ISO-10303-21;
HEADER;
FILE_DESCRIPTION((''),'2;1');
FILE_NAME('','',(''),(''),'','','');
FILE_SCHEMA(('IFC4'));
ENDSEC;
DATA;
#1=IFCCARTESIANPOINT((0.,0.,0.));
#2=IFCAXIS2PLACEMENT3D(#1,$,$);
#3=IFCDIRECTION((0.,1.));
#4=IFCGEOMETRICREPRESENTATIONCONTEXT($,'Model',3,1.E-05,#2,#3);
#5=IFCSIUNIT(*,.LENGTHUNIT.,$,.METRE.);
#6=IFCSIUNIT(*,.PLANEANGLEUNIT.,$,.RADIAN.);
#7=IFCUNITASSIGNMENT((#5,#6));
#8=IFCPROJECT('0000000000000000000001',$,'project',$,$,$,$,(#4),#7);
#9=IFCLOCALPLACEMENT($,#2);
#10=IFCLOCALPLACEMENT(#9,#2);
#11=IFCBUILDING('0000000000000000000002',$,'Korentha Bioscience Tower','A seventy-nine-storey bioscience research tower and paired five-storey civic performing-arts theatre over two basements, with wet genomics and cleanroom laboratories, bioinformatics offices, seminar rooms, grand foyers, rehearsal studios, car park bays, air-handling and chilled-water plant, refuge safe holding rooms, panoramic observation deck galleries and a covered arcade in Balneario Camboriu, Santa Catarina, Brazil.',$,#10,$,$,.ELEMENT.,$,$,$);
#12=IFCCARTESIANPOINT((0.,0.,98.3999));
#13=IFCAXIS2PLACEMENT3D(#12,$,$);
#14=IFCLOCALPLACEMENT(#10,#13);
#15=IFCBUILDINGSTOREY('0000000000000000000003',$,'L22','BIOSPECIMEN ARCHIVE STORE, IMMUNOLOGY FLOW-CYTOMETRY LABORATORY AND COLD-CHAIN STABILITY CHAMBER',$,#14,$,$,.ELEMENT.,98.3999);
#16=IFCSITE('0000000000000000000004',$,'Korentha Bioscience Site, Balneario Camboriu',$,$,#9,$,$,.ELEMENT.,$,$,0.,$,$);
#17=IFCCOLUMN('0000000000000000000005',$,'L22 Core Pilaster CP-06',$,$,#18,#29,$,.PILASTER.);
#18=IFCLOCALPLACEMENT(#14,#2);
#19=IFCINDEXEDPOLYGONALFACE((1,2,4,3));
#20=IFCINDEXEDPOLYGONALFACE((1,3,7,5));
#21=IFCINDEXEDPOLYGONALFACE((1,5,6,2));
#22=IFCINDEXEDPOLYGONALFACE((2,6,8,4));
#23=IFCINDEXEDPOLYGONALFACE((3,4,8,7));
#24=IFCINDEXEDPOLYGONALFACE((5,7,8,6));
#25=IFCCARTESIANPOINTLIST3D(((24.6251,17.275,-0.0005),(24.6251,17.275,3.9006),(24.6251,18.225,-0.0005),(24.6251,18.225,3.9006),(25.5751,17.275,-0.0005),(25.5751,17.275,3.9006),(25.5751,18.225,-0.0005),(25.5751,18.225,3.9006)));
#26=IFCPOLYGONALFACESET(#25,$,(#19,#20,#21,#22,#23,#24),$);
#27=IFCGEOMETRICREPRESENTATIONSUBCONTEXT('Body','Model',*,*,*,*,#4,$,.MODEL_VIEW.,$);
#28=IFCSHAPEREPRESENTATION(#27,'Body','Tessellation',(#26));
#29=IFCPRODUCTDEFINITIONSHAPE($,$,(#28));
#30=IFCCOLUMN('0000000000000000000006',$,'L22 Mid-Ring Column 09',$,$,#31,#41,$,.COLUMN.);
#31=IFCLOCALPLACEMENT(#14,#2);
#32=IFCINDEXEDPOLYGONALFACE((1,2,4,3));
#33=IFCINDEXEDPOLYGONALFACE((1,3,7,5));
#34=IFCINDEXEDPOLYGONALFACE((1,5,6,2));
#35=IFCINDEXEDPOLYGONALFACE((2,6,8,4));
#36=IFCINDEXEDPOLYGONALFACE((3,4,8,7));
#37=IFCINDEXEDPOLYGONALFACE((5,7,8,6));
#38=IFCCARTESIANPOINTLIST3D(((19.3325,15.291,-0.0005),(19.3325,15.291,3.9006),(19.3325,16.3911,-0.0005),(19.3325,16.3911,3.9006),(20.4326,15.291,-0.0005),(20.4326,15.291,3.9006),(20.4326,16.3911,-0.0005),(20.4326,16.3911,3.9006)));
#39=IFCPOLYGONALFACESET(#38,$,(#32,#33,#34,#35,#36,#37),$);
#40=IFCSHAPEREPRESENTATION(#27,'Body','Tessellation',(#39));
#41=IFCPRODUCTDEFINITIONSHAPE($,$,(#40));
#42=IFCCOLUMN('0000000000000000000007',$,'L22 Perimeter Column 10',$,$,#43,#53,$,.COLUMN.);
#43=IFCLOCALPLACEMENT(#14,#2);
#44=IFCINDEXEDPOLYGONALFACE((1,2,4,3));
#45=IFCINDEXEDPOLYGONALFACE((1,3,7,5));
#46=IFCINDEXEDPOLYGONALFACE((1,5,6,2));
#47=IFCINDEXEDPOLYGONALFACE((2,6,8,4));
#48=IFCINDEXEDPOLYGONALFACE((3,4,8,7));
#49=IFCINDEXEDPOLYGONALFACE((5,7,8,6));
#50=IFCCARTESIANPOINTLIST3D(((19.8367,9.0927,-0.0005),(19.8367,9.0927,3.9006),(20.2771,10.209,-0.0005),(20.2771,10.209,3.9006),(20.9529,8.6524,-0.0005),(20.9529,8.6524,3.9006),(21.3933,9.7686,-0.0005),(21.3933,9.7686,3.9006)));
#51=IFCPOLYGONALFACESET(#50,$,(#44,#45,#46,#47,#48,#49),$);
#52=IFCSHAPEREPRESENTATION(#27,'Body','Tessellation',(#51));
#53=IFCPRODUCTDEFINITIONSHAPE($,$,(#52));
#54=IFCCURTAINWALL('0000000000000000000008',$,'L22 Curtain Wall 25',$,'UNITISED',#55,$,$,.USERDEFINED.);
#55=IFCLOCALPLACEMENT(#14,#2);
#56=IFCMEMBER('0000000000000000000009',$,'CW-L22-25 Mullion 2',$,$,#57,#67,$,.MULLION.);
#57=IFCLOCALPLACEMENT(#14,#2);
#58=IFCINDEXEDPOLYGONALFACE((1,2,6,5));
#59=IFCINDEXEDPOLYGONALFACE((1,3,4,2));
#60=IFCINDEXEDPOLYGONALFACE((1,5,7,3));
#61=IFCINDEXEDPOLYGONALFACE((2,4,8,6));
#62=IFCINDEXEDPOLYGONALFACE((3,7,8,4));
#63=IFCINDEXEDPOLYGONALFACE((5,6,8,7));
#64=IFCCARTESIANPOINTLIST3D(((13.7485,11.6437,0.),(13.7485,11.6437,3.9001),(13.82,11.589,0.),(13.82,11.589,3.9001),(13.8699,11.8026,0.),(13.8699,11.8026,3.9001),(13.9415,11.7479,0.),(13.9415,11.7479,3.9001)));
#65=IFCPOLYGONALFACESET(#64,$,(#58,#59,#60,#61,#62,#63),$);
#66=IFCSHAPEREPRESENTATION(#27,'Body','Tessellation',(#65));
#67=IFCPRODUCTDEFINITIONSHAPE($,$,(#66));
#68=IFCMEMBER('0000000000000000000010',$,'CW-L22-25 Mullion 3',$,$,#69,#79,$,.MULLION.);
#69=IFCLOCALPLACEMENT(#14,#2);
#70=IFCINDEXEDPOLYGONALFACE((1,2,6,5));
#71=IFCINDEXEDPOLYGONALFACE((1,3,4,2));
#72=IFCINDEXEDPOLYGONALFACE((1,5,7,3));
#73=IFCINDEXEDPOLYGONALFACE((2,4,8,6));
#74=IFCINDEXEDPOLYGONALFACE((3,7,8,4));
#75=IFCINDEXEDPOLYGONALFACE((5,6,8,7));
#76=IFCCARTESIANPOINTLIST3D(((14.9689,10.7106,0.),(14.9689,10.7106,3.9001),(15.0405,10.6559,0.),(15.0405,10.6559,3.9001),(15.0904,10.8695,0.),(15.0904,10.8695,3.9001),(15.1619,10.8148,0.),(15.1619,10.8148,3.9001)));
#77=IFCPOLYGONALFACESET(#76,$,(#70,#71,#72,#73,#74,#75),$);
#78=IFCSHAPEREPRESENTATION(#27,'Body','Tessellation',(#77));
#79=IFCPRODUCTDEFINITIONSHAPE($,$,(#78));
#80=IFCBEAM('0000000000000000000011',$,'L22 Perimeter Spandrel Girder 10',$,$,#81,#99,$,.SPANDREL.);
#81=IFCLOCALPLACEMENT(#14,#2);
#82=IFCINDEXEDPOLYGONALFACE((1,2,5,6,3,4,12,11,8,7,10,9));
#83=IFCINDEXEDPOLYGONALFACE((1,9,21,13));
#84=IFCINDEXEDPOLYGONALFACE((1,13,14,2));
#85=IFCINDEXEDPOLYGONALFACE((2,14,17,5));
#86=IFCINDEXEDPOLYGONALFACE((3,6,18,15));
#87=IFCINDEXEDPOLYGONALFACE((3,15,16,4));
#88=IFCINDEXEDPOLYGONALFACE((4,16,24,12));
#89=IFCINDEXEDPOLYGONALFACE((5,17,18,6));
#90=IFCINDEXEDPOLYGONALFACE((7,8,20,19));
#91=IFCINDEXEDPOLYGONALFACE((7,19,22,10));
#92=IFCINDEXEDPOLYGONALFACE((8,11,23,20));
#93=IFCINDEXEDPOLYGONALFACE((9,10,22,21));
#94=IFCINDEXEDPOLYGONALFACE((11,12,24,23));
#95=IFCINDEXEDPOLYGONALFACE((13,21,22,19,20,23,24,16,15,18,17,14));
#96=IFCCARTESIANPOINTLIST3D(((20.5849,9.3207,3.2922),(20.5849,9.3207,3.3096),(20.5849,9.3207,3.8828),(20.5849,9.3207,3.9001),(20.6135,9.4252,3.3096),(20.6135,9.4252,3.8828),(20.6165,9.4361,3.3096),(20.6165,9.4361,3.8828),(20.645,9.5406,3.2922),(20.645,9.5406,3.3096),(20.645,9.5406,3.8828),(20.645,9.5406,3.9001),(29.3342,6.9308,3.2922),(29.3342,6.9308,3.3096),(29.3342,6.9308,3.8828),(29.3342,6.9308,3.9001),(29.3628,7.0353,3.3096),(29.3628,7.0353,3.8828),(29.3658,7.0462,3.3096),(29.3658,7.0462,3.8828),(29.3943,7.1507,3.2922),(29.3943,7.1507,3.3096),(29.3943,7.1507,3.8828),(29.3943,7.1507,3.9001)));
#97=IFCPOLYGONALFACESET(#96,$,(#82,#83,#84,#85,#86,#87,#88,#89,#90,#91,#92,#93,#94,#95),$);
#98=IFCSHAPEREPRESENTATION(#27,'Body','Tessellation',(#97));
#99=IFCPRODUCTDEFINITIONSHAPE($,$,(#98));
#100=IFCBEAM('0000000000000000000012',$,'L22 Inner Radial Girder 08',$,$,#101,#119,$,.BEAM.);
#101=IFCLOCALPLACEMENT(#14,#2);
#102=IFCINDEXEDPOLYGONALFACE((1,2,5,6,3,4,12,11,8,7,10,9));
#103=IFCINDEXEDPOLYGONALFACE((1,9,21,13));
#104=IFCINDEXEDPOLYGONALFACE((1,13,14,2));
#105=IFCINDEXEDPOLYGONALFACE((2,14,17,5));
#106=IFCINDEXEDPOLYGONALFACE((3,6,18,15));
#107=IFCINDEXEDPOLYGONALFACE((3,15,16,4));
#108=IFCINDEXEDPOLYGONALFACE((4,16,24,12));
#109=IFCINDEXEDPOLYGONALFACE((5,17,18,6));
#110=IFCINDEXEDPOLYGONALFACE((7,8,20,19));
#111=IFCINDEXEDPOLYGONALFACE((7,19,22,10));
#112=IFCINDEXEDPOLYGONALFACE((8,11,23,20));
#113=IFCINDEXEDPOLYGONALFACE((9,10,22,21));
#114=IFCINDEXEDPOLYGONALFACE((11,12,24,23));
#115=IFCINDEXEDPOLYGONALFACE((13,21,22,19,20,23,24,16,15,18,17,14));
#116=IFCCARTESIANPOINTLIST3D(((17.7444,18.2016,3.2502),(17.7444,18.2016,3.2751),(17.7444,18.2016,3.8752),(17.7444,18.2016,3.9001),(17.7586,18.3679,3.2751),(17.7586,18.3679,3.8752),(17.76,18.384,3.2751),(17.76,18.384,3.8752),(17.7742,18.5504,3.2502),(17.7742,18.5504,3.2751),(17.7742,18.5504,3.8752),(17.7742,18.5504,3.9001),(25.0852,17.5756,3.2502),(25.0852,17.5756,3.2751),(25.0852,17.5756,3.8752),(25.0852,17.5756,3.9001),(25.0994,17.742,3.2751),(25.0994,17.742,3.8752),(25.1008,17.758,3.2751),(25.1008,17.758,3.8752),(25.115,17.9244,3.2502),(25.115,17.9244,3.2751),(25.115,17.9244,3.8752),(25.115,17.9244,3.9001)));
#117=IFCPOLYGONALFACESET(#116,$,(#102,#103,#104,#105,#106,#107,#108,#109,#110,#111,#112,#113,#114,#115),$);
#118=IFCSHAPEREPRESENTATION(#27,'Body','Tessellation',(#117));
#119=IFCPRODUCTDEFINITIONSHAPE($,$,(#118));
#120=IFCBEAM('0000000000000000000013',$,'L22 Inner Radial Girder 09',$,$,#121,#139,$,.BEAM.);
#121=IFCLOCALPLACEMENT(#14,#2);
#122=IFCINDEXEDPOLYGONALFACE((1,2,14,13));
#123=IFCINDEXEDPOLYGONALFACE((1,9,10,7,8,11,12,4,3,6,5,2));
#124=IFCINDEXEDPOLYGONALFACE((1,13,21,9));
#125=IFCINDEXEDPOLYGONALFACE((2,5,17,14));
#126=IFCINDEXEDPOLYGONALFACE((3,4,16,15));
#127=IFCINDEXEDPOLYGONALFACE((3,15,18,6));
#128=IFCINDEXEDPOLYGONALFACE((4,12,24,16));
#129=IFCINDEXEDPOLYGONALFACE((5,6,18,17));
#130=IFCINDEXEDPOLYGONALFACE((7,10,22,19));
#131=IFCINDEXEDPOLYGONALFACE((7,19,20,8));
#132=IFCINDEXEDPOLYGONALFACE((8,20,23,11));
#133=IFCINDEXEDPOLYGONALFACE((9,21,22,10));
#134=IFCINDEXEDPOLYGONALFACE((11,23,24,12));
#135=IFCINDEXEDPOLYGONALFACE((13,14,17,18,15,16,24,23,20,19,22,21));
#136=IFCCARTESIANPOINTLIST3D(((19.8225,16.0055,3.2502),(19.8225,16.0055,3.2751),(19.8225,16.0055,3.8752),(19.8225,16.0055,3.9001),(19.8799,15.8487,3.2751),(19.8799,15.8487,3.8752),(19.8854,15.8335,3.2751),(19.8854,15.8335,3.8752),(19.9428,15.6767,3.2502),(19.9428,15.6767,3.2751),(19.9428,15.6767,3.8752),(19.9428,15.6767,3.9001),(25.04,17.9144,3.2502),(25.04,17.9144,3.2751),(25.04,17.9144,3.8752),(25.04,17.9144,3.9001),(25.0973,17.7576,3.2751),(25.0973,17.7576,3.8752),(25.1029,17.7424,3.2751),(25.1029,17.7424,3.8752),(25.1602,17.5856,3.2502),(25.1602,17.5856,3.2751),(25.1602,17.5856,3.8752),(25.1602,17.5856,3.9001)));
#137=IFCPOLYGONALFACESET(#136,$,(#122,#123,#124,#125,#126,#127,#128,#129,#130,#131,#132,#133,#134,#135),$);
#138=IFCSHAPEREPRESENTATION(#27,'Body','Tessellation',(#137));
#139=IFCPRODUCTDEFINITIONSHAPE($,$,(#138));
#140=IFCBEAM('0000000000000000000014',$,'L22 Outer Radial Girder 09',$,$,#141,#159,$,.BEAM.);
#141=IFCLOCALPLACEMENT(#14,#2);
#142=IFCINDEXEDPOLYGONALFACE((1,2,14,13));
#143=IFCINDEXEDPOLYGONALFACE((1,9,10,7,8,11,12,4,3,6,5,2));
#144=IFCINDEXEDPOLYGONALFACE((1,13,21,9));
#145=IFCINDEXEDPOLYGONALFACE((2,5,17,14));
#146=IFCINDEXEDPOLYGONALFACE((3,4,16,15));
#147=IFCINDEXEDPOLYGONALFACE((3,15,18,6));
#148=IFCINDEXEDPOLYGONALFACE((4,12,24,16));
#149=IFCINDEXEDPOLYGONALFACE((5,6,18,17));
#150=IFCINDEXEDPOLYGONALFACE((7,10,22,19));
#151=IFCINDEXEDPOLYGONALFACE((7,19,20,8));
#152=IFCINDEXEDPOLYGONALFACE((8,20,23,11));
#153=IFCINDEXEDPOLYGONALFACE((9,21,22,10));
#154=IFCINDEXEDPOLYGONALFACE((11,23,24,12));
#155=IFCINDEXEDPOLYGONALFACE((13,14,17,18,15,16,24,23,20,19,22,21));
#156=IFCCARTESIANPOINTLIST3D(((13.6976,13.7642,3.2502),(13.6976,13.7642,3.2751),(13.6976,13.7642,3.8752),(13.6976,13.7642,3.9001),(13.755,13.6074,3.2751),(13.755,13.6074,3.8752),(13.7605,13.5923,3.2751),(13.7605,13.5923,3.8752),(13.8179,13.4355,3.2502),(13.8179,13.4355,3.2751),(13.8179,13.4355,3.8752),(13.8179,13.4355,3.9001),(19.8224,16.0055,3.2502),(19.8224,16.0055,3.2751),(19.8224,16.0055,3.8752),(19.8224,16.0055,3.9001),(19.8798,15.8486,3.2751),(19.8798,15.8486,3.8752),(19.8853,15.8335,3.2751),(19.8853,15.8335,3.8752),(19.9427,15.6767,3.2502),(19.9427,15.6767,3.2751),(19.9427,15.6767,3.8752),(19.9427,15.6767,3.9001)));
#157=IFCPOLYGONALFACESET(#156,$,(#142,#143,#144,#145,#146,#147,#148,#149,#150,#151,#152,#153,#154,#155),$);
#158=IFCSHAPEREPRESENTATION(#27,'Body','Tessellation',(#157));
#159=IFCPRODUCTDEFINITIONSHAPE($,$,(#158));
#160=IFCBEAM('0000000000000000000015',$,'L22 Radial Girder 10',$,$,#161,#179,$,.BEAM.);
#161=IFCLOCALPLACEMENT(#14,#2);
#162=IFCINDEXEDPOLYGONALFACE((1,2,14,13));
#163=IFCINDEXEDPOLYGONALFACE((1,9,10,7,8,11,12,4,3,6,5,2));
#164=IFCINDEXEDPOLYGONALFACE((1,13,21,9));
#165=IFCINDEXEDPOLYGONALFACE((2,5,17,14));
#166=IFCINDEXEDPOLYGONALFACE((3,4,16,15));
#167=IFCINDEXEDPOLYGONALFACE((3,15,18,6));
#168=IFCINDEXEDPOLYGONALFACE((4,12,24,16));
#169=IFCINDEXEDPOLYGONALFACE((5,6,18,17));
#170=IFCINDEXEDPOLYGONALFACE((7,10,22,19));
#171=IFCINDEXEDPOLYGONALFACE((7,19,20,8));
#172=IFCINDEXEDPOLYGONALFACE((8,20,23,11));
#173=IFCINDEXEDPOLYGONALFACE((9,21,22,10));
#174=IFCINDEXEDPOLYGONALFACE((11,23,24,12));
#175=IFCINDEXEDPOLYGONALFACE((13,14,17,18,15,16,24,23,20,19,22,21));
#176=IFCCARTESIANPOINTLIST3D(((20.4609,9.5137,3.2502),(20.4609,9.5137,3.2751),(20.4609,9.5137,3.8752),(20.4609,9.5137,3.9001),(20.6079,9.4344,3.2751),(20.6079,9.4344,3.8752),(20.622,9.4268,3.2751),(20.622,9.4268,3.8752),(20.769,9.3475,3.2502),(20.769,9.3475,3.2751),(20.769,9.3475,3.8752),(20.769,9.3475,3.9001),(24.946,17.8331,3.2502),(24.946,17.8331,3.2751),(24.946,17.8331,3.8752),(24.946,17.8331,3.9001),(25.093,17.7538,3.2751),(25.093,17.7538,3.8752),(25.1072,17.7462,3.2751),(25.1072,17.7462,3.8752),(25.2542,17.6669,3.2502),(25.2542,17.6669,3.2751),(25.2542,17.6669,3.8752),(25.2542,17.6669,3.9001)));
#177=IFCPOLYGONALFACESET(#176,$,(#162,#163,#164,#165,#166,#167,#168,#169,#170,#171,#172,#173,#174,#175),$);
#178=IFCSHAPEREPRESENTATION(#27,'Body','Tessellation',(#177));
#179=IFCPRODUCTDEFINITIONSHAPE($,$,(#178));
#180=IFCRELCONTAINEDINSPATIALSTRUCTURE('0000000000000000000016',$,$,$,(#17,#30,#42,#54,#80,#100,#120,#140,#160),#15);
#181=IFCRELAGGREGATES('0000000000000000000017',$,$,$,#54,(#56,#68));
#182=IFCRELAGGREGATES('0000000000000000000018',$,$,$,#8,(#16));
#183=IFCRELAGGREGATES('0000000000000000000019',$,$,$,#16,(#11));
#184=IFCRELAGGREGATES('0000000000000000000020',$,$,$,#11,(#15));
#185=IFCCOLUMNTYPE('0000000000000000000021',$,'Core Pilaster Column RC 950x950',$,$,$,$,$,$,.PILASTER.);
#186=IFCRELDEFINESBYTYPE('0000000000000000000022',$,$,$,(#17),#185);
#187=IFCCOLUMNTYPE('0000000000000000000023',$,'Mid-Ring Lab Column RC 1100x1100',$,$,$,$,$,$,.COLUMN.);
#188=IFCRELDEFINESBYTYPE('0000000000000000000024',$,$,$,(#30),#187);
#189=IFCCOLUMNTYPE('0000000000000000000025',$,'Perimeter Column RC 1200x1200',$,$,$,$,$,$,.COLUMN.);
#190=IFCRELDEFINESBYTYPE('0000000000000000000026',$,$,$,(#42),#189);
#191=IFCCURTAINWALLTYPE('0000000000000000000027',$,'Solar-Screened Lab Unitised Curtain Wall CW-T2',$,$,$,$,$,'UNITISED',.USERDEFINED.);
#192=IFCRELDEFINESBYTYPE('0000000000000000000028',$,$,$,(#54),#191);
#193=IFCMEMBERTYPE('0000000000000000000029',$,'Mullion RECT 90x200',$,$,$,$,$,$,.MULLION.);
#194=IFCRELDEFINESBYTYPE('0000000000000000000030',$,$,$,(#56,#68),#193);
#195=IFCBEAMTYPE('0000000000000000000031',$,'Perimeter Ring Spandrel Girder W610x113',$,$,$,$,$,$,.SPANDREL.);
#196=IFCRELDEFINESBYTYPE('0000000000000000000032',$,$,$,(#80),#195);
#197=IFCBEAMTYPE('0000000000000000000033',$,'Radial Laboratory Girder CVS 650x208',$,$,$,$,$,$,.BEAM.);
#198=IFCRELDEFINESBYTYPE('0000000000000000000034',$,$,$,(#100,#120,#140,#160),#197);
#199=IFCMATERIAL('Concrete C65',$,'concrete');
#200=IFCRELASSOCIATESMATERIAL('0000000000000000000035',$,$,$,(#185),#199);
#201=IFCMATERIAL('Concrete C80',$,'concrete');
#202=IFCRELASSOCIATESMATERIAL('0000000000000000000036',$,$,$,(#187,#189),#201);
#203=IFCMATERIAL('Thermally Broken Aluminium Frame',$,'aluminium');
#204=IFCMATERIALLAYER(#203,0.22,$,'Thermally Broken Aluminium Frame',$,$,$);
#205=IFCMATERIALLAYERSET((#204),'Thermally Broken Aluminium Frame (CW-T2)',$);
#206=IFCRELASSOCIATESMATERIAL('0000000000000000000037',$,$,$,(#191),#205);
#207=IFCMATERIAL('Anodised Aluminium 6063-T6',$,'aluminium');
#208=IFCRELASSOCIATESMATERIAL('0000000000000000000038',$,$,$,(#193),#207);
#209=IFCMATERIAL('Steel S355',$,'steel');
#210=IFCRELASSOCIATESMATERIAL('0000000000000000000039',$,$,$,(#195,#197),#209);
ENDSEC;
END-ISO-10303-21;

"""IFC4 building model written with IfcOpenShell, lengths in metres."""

from ifc_helpers import new_model, si_unit, direction, frame, origin, origin_2d, place, context, subcontext, project, spatial, rectangle, i_section, extrude, material, layer, layer_set, material_profile, profile_set, type_object, element, aggregate, save


model = new_model("IFC4")

# Units and contexts
model_context = context("Model", 3, precision=1e-05, world=origin(), true_north=direction((0.0, 1.0)))
body_context = subcontext(model_context, "Body", "Model", "MODEL_VIEW")
ifc_project = project(units=[si_unit("LENGTHUNIT", "METRE"), si_unit("PLANEANGLEUNIT", "RADIAN")], contexts=[model_context])

# Site, building, storey
site_placement = place(None, origin())
site = spatial("IfcSite", under=ifc_project, at=site_placement, Name="Korentha Bioscience Site, Balneario Camboriu", CompositionType="ELEMENT", RefElevation=0.0)
building_placement = place(site_placement, origin())
building = spatial("IfcBuilding", under=site, at=building_placement, Name="Korentha Bioscience Tower", Description="A seventy-nine-storey bioscience research tower and paired five-storey civic performing-arts theatre over two basements, with wet genomics and cleanroom laboratories, bioinformatics offices, seminar rooms, grand foyers, rehearsal studios, car park bays, air-handling and chilled-water plant, refuge safe holding rooms, panoramic observation deck galleries and a covered arcade in Balneario Camboriu, Santa Catarina, Brazil.", CompositionType="ELEMENT")
storey_placement = place(building_placement, frame((0.0, 0.0, 98.3999)))
storey = spatial("IfcBuildingStorey", under=building, at=storey_placement, Name="L22", Description="BIOSPECIMEN ARCHIVE STORE, IMMUNOLOGY FLOW-CYTOMETRY LABORATORY AND COLD-CHAIN STABILITY CHAMBER", CompositionType="ELEMENT", Elevation=98.3999)

# Columns
ifc_material_1 = material(Name="Concrete C65", Category="concrete")
ifc_material_profile_1 = material_profile(ifc_material_1, rectangle(XDim=0.95, YDim=0.95, at=origin_2d()), Name="Concrete C65")
ifc_profile_set_1 = profile_set([ifc_material_profile_1], Name="Concrete C65 (COL-CP09)")
column_type_1 = type_object("IfcColumnType", Name="Core Pilaster Column RC 950x950", PredefinedType="PILASTER", material=ifc_profile_set_1)
column_1_placement = place(storey_placement, frame((25.1001, 17.75, -0.0005), z_axis=(0.0, 0.0, 1.0), x_axis=(1.0, 0.0, 0.0)))
element("IfcColumn", 1, at=column_1_placement, inside=storey, type_object=column_type_1, Name="L22 Core Pilaster CP-06", PredefinedType="PILASTER", context=body_context, shape_type="SweptSolid", body=[
    extrude(rectangle(XDim=0.95, YDim=0.95, at=origin_2d()), origin(), (0.0, 0.0, 1.0), 3.9011),
])
ifc_material_2 = material(Name="Concrete C80", Category="concrete")
ifc_material_profile_2 = material_profile(ifc_material_2, rectangle(XDim=1.1001, YDim=1.1001, at=origin_2d()), Name="Concrete C80")
ifc_profile_set_2 = profile_set([ifc_material_profile_2], Name="Concrete C80 (COL-MR11)")
column_type_2 = type_object("IfcColumnType", Name="Mid-Ring Lab Column RC 1100x1100", PredefinedType="COLUMN", material=ifc_profile_set_2)
column_2_placement = place(storey_placement, frame((19.8826, 15.8411, -0.0005), z_axis=(0.0, 0.0, 1.0), x_axis=(1.0, 0.0, 0.0)))
element("IfcColumn", 2, at=column_2_placement, inside=storey, type_object=column_type_2, Name="L22 Mid-Ring Column 09", PredefinedType="COLUMN", context=body_context, shape_type="SweptSolid", body=[
    extrude(rectangle(XDim=1.1001, YDim=1.1001, at=origin_2d()), origin(), (0.0, 0.0, 1.0), 3.9011),
])
ifc_material_profile_3 = material_profile(ifc_material_2, rectangle(XDim=1.2, YDim=1.2, at=origin_2d()), Name="Concrete C80")
ifc_profile_set_3 = profile_set([ifc_material_profile_3], Name="Concrete C80 (COL-P12)")
column_type_3 = type_object("IfcColumnType", Name="Perimeter Column RC 1200x1200", PredefinedType="COLUMN", material=ifc_profile_set_3)
column_3_placement = place(storey_placement, frame((20.615, 9.4307, -0.0005), z_axis=(0.0, 0.0, 1.0), x_axis=(-0.930226, 0.366988, 0.0)))
element("IfcColumn", 3, at=column_3_placement, inside=storey, type_object=column_type_3, Name="L22 Perimeter Column 10", PredefinedType="COLUMN", context=body_context, shape_type="SweptSolid", body=[
    extrude(rectangle(XDim=1.2, YDim=1.2, at=origin_2d()), origin(), (0.0, 0.0, 1.0), 3.9011),
])

# Curtain wall, members
ifc_material_3 = material(Name="Thermally Broken Aluminium Frame", Category="aluminium")
ifc_layer_1 = layer(ifc_material_3, 0.22, Name="Thermally Broken Aluminium Frame")
ifc_layer_set_1 = layer_set([ifc_layer_1], Name="Thermally Broken Aluminium Frame (CW-T2)")
curtain_wall_type = type_object("IfcCurtainWallType", Name="Solar-Screened Lab Unitised Curtain Wall CW-T2", ElementType="UNITISED", PredefinedType="USERDEFINED", material=ifc_layer_set_1)
curtain_wall_placement = place(storey_placement, origin())
curtain_wall = element("IfcCurtainWall", 4, at=curtain_wall_placement, inside=storey, type_object=curtain_wall_type, Name="L22 Curtain Wall 25", ObjectType="UNITISED", PredefinedType="USERDEFINED")
ifc_material_4 = material(Name="Anodised Aluminium 6063-T6", Category="aluminium")
ifc_material_profile_4 = material_profile(ifc_material_4, rectangle(XDim=0.0901, YDim=0.2, at=origin_2d()), Name="Anodised Aluminium 6063-T6")
ifc_profile_set_4 = profile_set([ifc_material_profile_4], Name="Anodised Aluminium 6063-T6 (CW-MUL)")
member_type_1 = type_object("IfcMemberType", Name="Mullion RECT 90x200", PredefinedType="MULLION", material=ifc_profile_set_4)
member_1_placement = place(storey_placement, frame((13.845, 11.6958, 0.0), z_axis=(0.0, 0.0, 1.0), x_axis=(0.7945, -0.607265, 0.0)))
member_1 = element("IfcMember", 5, at=member_1_placement, type_object=member_type_1, Name="CW-L22-25 Mullion 2", PredefinedType="MULLION", context=body_context, shape_type="SweptSolid", body=[
    extrude(rectangle(XDim=0.0901, YDim=0.2, at=origin_2d()), origin(), (0.0, 0.0, 1.0), 3.9001),
])
member_2_placement = place(storey_placement, frame((15.0654, 10.7627, 0.0), z_axis=(0.0, 0.0, 1.0), x_axis=(0.7945, -0.607265, 0.0)))
member_2 = element("IfcMember", 6, at=member_2_placement, type_object=member_type_1, Name="CW-L22-25 Mullion 3", PredefinedType="MULLION", context=body_context, shape_type="SweptSolid", body=[
    extrude(rectangle(XDim=0.0901, YDim=0.2, at=origin_2d()), origin(), (0.0, 0.0, 1.0), 3.9001),
])

# Beams
ifc_material_5 = material(Name="Steel S355", Category="steel")
ifc_material_profile_5 = material_profile(ifc_material_5, i_section(OverallWidth=0.228, OverallDepth=0.6079, WebThickness=0.0112, FlangeThickness=0.0173, at=origin_2d()), Name="Steel S355")
ifc_profile_set_5 = profile_set([ifc_material_profile_5], Name="Steel S355 (SB-610)")
beam_type_1 = type_object("IfcBeamType", Name="Perimeter Ring Spandrel Girder W610x113", PredefinedType="SPANDREL", material=ifc_profile_set_5)
beam_1_placement = place(storey_placement, frame((20.615, 9.4307, 3.5962), z_axis=(0.964659, -0.2635, 0.0), x_axis=(0.2635, 0.964659, 0.0)))
element("IfcBeam", 7, at=beam_1_placement, inside=storey, type_object=beam_type_1, Name="L22 Perimeter Spandrel Girder 10", PredefinedType="SPANDREL", context=body_context, shape_type="SweptSolid", body=[
    extrude(i_section(OverallWidth=0.228, OverallDepth=0.6079, WebThickness=0.0112, FlangeThickness=0.0173, at=origin_2d()), origin(), (0.0, 0.0, 1.0), 9.0698),
])
ifc_material_profile_6 = material_profile(ifc_material_5, i_section(OverallWidth=0.3501, OverallDepth=0.6499, WebThickness=0.0161, FlangeThickness=0.0249, at=origin_2d()), Name="Steel S355")
ifc_profile_set_6 = profile_set([ifc_material_profile_6], Name="Steel S355 (RB-650)")
beam_type_2 = type_object("IfcBeamType", Name="Radial Laboratory Girder CVS 650x208", PredefinedType="BEAM", material=ifc_profile_set_6)
beam_2_placement = place(storey_placement, frame((25.1001, 17.75, 3.5752), z_axis=(-0.996384, 0.084965, 0.0), x_axis=(-0.084965, -0.996384, 0.0)))
element("IfcBeam", 8, at=beam_2_placement, inside=storey, type_object=beam_type_2, Name="L22 Inner Radial Girder 08", PredefinedType="BEAM", context=body_context, shape_type="SweptSolid", body=[
    extrude(i_section(OverallWidth=0.3501, OverallDepth=0.6499, WebThickness=0.0161, FlangeThickness=0.0249, at=origin_2d()), origin(), (0.0, 0.0, 1.0), 7.3674),
])
beam_3_placement = place(storey_placement, frame((25.1001, 17.75, 3.5752), z_axis=(-0.939118, -0.343595, 0.0), x_axis=(0.343595, -0.939118, 0.0)))
element("IfcBeam", 9, at=beam_3_placement, inside=storey, type_object=beam_type_2, Name="L22 Inner Radial Girder 09", PredefinedType="BEAM", context=body_context, shape_type="SweptSolid", body=[
    extrude(i_section(OverallWidth=0.3501, OverallDepth=0.6499, WebThickness=0.0161, FlangeThickness=0.0249, at=origin_2d()), origin(), (0.0, 0.0, 1.0), 5.5557),
])
beam_4_placement = place(storey_placement, frame((19.8826, 15.8411, 3.5752), z_axis=(-0.939101, -0.343642, 0.0), x_axis=(0.343642, -0.939101, 0.0)))
element("IfcBeam", 10, at=beam_4_placement, inside=storey, type_object=beam_type_2, Name="L22 Outer Radial Girder 09", PredefinedType="BEAM", context=body_context, shape_type="SweptSolid", body=[
    extrude(i_section(OverallWidth=0.3501, OverallDepth=0.6499, WebThickness=0.0161, FlangeThickness=0.0249, at=origin_2d()), origin(), (0.0, 0.0, 1.0), 6.522),
])
beam_5_placement = place(storey_placement, frame((25.1001, 17.75, 3.5752), z_axis=(-0.474548, -0.88023, 0.0), x_axis=(0.88023, -0.474548, 0.0)))
element("IfcBeam", 11, at=beam_5_placement, inside=storey, type_object=beam_type_2, Name="L22 Radial Girder 10", PredefinedType="BEAM", context=body_context, shape_type="SweptSolid", body=[
    extrude(i_section(OverallWidth=0.3501, OverallDepth=0.6499, WebThickness=0.0161, FlangeThickness=0.0249, at=origin_2d()), origin(), (0.0, 0.0, 1.0), 9.4514),
])

aggregate(curtain_wall, [member_1, member_2])

save(model, "model.ifc")
